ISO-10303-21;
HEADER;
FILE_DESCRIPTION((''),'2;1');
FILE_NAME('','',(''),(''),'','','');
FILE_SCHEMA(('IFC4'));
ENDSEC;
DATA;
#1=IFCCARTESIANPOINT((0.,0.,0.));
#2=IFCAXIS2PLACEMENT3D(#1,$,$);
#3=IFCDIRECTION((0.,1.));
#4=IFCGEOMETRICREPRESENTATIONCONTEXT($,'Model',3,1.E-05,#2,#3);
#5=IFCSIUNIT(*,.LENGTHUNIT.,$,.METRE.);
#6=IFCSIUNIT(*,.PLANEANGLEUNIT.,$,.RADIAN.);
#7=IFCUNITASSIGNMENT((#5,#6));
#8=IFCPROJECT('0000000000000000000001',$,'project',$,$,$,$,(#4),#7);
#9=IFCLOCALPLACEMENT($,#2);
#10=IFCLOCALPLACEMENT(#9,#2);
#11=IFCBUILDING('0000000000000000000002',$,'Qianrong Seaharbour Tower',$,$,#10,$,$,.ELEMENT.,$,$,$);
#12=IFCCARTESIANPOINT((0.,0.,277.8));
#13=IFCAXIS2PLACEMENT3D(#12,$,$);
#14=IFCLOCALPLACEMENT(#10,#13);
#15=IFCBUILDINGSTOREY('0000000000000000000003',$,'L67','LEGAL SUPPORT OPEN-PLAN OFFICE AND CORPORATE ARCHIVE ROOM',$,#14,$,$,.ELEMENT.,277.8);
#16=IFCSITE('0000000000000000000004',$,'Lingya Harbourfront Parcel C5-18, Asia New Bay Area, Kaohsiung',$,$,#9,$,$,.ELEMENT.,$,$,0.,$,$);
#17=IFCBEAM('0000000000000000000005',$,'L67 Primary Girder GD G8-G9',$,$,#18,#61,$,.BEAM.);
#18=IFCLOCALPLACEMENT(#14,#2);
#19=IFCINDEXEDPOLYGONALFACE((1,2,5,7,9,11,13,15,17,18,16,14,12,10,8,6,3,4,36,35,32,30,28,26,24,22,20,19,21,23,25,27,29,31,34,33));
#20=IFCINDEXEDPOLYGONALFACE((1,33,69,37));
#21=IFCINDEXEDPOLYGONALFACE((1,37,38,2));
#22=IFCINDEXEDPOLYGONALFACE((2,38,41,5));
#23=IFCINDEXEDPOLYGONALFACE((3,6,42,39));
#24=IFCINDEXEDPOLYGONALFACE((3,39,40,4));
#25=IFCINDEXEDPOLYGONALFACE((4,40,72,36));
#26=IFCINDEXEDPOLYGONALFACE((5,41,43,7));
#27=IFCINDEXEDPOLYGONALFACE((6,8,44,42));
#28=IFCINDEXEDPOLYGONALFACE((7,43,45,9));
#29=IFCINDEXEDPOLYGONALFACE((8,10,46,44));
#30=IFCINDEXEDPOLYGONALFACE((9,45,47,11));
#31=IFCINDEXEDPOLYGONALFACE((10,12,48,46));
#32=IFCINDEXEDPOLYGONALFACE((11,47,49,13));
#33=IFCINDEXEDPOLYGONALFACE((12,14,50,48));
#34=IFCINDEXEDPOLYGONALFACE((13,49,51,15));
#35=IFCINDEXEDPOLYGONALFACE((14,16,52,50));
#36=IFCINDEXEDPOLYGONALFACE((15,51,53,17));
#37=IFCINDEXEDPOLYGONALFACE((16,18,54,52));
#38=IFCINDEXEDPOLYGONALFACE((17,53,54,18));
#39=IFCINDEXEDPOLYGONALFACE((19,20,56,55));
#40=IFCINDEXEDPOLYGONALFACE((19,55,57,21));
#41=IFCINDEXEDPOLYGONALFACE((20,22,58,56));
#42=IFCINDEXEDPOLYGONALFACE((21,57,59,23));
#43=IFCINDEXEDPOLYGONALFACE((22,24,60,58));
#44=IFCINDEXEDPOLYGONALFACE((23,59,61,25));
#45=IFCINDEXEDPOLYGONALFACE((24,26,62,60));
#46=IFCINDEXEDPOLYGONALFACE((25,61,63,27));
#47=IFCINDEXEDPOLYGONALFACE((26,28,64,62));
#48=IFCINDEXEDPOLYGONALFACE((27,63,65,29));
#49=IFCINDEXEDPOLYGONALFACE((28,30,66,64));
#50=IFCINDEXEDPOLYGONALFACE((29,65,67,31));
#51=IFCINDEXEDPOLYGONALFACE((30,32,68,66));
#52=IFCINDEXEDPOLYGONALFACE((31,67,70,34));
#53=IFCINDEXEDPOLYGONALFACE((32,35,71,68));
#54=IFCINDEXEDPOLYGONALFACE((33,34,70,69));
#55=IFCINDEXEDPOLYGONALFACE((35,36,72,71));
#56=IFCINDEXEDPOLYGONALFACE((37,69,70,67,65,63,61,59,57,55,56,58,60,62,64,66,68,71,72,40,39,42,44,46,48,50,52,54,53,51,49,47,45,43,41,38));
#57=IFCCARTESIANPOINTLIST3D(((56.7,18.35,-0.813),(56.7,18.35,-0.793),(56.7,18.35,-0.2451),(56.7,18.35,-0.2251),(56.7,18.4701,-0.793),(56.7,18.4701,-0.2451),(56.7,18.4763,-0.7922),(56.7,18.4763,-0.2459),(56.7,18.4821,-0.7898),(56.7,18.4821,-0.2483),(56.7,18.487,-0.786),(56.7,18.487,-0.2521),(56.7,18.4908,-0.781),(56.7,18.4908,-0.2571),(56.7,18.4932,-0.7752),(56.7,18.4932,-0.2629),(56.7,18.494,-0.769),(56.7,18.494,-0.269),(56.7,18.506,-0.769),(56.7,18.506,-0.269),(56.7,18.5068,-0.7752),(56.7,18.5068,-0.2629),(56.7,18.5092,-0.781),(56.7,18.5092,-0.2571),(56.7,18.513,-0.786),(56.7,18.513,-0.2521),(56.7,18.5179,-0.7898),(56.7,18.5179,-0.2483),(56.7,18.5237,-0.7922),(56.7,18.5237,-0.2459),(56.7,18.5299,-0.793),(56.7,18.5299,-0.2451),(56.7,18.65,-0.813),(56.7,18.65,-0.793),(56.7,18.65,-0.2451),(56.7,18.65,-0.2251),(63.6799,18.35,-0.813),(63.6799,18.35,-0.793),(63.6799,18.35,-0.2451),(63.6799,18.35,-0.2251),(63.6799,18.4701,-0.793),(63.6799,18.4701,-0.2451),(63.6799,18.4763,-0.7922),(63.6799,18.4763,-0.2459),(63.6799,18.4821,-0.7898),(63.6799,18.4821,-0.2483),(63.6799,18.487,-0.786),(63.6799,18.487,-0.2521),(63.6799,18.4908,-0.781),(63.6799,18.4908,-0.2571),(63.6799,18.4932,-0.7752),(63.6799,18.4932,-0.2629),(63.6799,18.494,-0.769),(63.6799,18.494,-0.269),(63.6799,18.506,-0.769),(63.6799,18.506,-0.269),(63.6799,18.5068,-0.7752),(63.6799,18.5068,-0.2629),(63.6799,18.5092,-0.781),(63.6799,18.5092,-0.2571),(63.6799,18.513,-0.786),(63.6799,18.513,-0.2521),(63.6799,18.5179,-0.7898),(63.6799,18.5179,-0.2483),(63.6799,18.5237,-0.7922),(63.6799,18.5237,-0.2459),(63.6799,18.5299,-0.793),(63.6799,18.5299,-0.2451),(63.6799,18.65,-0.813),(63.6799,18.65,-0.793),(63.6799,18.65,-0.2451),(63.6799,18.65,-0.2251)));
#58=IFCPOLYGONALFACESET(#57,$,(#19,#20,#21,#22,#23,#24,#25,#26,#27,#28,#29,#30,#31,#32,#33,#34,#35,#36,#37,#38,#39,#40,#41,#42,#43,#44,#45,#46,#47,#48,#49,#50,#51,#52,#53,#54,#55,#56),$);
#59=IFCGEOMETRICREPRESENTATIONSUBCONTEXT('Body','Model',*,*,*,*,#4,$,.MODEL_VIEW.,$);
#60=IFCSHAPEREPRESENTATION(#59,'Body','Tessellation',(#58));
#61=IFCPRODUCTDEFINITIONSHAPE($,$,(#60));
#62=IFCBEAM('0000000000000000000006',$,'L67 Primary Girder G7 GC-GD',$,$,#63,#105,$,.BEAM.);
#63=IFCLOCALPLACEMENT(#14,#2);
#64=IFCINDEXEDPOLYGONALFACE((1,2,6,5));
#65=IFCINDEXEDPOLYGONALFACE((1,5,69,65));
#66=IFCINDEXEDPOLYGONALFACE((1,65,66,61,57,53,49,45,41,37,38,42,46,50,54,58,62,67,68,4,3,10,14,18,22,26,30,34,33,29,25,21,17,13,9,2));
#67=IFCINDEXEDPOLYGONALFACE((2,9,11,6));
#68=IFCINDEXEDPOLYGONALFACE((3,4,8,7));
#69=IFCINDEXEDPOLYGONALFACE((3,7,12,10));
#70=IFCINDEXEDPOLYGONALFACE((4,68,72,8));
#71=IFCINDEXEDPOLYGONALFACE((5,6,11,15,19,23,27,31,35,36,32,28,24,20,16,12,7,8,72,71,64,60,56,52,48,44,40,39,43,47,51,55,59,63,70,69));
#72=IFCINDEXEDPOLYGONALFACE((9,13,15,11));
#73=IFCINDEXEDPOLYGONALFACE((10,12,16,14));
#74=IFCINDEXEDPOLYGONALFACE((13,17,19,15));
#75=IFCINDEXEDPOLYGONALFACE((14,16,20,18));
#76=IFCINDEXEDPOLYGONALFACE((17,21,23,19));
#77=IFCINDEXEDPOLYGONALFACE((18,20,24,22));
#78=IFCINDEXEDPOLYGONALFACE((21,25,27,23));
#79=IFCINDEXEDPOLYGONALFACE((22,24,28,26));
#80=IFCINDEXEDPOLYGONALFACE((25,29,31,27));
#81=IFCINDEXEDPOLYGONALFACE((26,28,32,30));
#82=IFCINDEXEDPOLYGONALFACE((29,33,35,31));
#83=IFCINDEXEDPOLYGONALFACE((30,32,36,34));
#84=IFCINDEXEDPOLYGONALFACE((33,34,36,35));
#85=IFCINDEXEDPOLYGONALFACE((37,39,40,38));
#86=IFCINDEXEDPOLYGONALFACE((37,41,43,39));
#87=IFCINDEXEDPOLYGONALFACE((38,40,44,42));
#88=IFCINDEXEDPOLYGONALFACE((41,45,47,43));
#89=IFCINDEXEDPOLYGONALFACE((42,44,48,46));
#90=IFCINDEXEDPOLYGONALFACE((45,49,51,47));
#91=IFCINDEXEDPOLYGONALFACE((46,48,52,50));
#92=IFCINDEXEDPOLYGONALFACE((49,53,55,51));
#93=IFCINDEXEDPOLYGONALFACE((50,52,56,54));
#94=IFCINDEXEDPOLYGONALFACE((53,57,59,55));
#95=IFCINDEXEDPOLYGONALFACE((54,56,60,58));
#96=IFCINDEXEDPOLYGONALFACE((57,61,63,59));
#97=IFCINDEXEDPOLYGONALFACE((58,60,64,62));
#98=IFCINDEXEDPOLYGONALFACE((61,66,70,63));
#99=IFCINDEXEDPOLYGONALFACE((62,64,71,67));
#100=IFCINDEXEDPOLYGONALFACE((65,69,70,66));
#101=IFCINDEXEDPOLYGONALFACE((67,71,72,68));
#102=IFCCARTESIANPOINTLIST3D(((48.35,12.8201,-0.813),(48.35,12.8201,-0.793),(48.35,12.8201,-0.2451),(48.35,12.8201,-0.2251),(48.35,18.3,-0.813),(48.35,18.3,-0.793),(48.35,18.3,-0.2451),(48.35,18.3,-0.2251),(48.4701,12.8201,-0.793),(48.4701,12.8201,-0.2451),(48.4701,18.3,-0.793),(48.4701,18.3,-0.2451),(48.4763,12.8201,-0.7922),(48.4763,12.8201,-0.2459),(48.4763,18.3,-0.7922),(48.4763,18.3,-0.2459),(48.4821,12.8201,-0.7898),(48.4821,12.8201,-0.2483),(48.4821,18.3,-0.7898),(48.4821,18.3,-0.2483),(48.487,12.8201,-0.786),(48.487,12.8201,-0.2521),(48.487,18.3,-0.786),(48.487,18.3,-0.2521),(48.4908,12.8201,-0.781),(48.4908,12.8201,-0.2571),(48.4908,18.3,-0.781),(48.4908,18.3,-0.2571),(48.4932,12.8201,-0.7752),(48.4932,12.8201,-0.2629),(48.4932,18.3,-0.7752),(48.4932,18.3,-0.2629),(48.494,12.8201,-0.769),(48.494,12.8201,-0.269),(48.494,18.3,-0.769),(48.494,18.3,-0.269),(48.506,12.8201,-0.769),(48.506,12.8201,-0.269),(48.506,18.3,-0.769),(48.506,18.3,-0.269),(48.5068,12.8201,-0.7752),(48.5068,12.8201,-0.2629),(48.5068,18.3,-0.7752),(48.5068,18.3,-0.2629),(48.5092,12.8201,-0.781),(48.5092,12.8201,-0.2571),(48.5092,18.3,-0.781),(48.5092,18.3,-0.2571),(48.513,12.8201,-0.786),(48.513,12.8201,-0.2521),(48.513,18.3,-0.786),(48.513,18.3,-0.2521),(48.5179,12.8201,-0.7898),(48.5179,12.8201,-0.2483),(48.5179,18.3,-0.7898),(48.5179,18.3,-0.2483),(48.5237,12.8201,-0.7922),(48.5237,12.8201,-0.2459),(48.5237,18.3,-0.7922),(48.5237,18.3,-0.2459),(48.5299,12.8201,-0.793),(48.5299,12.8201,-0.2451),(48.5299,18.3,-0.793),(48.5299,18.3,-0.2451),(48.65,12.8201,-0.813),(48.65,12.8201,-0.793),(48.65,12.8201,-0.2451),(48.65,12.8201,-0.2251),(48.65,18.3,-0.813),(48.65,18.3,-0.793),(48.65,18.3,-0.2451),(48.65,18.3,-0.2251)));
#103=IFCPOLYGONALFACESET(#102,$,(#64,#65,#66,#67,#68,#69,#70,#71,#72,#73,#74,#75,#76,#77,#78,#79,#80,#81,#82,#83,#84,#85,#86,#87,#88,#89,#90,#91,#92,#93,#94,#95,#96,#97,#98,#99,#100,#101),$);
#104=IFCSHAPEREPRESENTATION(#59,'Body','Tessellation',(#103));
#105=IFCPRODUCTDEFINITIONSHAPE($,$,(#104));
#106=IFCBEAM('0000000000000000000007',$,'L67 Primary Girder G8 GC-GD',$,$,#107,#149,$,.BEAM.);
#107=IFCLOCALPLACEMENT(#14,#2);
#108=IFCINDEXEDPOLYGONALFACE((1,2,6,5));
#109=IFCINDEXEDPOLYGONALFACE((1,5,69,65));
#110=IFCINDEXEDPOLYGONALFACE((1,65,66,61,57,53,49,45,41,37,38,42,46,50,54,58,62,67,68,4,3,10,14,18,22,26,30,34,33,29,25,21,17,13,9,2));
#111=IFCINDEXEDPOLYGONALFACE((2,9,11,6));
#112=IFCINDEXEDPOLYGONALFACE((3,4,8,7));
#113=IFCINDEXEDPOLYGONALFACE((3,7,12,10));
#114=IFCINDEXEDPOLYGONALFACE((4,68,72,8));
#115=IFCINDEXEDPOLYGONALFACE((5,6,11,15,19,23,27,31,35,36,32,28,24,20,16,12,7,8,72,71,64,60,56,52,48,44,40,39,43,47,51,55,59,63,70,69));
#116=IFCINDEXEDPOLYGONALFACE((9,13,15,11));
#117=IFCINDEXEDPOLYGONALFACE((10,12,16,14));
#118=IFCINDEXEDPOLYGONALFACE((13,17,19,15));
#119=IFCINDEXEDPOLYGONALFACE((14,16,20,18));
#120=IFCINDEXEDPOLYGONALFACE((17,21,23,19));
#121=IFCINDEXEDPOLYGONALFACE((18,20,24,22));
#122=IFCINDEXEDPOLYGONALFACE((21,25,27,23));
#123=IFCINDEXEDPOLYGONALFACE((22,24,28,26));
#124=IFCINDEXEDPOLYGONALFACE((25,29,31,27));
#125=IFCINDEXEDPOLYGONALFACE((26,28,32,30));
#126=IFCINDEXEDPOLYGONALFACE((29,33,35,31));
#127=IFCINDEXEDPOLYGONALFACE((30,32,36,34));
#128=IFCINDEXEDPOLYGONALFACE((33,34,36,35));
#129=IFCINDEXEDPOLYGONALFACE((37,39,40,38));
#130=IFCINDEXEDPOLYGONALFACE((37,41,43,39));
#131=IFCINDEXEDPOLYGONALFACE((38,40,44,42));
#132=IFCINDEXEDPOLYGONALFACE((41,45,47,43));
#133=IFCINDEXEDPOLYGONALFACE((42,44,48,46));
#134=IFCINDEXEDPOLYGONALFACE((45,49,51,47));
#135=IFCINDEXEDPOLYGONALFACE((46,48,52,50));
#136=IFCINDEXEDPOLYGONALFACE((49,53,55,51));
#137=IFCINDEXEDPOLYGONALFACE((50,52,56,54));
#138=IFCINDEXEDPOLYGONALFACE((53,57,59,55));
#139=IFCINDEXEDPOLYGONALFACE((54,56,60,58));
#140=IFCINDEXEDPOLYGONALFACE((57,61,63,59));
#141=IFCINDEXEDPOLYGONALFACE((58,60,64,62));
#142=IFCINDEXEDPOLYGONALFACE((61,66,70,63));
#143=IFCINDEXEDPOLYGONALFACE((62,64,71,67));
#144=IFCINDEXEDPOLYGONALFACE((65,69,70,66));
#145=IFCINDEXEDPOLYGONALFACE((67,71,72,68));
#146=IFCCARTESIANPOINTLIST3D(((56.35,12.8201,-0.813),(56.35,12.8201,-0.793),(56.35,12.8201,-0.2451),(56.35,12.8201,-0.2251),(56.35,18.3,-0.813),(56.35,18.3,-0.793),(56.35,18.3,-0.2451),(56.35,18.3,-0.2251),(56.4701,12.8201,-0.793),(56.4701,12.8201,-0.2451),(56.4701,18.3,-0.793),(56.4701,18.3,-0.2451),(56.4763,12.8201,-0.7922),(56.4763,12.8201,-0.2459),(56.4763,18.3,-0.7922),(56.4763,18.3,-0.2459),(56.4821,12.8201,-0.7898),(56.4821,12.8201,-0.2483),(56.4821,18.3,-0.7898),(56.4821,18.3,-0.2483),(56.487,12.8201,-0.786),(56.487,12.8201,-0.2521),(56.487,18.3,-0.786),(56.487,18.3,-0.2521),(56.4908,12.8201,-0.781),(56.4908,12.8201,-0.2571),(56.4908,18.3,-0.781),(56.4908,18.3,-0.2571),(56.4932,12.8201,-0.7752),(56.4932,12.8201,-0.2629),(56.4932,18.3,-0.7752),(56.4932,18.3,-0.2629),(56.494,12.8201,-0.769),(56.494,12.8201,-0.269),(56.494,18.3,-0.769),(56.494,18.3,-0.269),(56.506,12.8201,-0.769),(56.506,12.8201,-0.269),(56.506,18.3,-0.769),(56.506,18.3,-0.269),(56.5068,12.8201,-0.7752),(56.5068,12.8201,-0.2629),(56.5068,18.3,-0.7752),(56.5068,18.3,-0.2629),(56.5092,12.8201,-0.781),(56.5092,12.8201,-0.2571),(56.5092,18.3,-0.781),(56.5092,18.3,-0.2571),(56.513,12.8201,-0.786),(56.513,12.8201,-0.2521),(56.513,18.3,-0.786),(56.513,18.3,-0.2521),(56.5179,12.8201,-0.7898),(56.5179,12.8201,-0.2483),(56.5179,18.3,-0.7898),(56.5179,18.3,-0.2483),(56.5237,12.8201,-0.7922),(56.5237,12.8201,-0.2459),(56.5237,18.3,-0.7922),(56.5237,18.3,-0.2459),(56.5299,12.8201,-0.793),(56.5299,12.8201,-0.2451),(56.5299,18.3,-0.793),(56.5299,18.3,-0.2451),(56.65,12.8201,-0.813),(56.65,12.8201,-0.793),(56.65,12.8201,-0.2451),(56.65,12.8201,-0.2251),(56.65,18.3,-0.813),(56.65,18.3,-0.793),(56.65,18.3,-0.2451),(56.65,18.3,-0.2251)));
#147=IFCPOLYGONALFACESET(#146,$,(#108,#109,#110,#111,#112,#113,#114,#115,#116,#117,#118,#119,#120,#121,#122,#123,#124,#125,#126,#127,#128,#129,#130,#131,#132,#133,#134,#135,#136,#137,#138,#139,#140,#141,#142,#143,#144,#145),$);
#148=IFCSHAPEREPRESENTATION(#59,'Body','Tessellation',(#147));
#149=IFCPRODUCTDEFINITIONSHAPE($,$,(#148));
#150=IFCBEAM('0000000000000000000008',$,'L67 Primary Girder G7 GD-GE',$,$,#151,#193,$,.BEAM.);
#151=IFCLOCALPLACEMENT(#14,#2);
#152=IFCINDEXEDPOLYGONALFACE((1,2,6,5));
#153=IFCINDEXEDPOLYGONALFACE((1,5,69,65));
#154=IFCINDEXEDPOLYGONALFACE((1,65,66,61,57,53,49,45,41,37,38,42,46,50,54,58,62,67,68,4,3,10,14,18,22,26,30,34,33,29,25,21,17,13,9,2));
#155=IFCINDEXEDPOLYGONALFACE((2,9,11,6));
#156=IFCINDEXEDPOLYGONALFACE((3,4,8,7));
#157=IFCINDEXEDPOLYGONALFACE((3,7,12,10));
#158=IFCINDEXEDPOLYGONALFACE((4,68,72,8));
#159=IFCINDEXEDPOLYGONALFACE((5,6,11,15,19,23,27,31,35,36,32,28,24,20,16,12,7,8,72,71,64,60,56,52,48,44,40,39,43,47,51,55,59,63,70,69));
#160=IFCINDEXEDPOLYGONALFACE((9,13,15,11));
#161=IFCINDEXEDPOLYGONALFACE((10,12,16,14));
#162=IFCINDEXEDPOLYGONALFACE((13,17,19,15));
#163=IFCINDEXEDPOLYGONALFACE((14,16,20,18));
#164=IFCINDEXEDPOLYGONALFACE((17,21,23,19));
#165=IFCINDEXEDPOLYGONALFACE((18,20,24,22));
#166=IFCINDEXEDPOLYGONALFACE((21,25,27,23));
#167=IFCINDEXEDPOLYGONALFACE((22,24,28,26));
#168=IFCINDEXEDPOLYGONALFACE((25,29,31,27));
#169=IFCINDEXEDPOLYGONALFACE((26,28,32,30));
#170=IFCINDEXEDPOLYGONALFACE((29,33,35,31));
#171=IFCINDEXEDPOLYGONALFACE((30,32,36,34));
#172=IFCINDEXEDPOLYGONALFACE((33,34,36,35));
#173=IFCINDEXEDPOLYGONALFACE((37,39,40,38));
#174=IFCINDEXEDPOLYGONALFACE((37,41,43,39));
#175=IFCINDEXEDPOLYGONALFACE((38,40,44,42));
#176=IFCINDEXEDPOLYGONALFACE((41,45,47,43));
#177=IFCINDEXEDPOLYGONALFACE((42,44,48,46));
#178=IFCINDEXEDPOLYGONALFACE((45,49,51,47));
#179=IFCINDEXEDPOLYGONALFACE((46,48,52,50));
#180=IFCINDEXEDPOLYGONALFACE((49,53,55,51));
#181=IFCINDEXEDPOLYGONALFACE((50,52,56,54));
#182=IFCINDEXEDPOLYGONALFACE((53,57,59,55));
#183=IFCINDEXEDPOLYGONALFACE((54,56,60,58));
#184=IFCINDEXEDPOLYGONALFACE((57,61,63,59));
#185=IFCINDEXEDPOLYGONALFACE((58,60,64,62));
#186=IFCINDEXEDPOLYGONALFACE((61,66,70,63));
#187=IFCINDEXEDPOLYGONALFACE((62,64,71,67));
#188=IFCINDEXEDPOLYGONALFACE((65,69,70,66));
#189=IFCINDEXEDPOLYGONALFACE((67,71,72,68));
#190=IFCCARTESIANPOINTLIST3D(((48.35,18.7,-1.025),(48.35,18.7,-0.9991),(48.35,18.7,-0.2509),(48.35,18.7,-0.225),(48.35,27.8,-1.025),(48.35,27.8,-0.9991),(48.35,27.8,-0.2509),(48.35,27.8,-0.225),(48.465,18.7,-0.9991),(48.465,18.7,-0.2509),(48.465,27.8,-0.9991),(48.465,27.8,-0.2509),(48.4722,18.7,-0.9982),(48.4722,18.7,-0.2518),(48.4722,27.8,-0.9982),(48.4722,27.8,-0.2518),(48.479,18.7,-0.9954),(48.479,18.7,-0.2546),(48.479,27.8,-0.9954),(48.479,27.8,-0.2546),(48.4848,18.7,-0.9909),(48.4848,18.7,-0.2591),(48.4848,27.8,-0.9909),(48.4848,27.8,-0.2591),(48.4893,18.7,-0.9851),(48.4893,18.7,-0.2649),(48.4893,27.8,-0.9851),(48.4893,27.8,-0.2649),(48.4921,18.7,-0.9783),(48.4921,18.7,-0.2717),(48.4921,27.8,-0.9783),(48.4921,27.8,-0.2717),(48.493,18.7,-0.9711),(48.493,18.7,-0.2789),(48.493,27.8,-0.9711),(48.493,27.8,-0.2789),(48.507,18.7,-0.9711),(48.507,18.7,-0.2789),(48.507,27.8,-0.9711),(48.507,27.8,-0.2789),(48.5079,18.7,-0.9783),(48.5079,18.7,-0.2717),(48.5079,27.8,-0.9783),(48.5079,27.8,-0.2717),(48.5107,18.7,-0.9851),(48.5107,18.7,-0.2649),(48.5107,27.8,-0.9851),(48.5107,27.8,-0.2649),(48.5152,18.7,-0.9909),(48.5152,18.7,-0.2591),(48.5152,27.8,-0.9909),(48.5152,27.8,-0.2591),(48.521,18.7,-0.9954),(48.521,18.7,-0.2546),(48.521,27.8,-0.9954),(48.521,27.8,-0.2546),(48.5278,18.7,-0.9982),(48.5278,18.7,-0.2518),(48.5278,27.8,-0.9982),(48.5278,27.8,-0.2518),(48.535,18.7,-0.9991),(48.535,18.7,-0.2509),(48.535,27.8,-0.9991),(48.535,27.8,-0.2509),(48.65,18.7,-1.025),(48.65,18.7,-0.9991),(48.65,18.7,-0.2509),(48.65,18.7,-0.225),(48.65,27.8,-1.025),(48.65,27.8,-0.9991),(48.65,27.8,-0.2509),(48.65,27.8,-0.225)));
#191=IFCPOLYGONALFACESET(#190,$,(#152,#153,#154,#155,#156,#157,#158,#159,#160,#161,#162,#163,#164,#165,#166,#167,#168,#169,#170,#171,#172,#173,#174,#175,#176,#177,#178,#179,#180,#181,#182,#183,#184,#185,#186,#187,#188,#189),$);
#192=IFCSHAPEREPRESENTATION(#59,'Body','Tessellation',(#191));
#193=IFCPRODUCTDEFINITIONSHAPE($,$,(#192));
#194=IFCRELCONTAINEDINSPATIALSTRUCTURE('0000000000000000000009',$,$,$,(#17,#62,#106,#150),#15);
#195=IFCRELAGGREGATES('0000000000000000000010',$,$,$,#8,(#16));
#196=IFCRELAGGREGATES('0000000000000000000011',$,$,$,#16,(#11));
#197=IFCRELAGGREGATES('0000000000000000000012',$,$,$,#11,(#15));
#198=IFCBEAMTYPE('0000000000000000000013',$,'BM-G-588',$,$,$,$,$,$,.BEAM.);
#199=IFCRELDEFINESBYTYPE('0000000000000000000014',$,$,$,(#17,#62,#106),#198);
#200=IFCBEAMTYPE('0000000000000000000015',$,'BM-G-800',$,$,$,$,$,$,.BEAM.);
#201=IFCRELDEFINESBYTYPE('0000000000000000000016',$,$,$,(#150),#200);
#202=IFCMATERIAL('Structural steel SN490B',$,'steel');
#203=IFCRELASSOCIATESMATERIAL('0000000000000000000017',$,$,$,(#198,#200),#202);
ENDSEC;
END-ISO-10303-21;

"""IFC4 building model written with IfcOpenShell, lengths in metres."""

from ifc_helpers import new_model, si_unit, direction, frame, origin, origin_2d, place, context, subcontext, project, spatial, i_section, extrude, material, material_profile, profile_set, type_object, element, save


model = new_model("IFC4")

# Units and contexts
model_context = context("Model", 3, precision=1e-05, world=origin(), true_north=direction((0.0, 1.0)))
body_context = subcontext(model_context, "Body", "Model", "MODEL_VIEW")
ifc_project = project(units=[si_unit("LENGTHUNIT", "METRE"), si_unit("PLANEANGLEUNIT", "RADIAN")], contexts=[model_context])

# Site, building, storey
site_placement = place(None, origin())
site = spatial("IfcSite", under=ifc_project, at=site_placement, Name="Lingya Harbourfront Parcel C5-18, Asia New Bay Area, Kaohsiung", CompositionType="ELEMENT", RefElevation=0.0)
building_placement = place(site_placement, origin())
building = spatial("IfcBuilding", under=site, at=building_placement, Name="Qianrong Seaharbour Tower", CompositionType="ELEMENT")
storey_placement = place(building_placement, frame((0.0, 0.0, 277.8)))
storey = spatial("IfcBuildingStorey", under=building, at=storey_placement, Name="L67", Description="LEGAL SUPPORT OPEN-PLAN OFFICE AND CORPORATE ARCHIVE ROOM", CompositionType="ELEMENT", Elevation=277.8)

# Shared definitions
ifc_material_1 = material(Name="Structural steel SN490B", Category="steel")

# Beams
ifc_material_profile_1 = material_profile(ifc_material_1, i_section(OverallWidth=0.3, OverallDepth=0.5879, WebThickness=0.012, FlangeThickness=0.02, FilletRadius=0.0239, at=origin_2d()), Name="H588x300x12x20")
ifc_profile_set_1 = profile_set([ifc_material_profile_1], Name="Structural steel SN490B")
beam_type_1 = type_object("IfcBeamType", Name="BM-G-588", PredefinedType="BEAM", material=ifc_profile_set_1)
beam_1_placement = place(storey_placement, frame((56.7, 18.5, -0.519), z_axis=(1.0, 0.0, 0.0), x_axis=(0.0, 1.0, 0.0)))
element("IfcBeam", 1, at=beam_1_placement, inside=storey, type_object=beam_type_1, Name="L67 Primary Girder GD G8-G9", PredefinedType="BEAM", context=body_context, shape_type="SweptSolid", body=[
    extrude(i_section(OverallWidth=0.3, OverallDepth=0.5879, WebThickness=0.012, FlangeThickness=0.02, FilletRadius=0.0239, at=origin_2d()), origin(), (0.0, 0.0, 1.0), 6.98),
])
for number, where, z_axis, x_axis, name in (
    (2, (48.5, 12.8201, -0.519), (0.0, 1.0, 0.0), (-1.0, 0.0, 0.0), "L67 Primary Girder G7 GC-GD"),
    (3, (56.5, 12.8201, -0.519), (0.0, 1.0, 0.0), (-1.0, 0.0, 0.0), "L67 Primary Girder G8 GC-GD"),
):
    element("IfcBeam", number, at=place(storey_placement, frame(where, z_axis=z_axis, x_axis=x_axis)), inside=storey, type_object=beam_type_1, Name=name, PredefinedType="BEAM", context=body_context, shape_type="SweptSolid", body=[
        extrude(i_section(OverallWidth=0.3, OverallDepth=0.5879, WebThickness=0.012, FlangeThickness=0.02, FilletRadius=0.0239, at=origin_2d()), origin(), (0.0, 0.0, 1.0), 5.48),
    ])
ifc_material_profile_2 = material_profile(ifc_material_1, i_section(OverallWidth=0.3, OverallDepth=0.8, WebThickness=0.0139, FlangeThickness=0.0259, FilletRadius=0.0281, at=origin_2d()), Name="H800x300x14x26")
ifc_profile_set_2 = profile_set([ifc_material_profile_2], Name="Structural steel SN490B")
beam_type_2 = type_object("IfcBeamType", Name="BM-G-800", PredefinedType="BEAM", material=ifc_profile_set_2)
for number, where, z_axis, x_axis, name in (
    (4, (48.5, 18.7, -0.625), (0.0, 1.0, 0.0), (-1.0, 0.0, 0.0), "L67 Primary Girder G7 GD-GE"),
):
    element("IfcBeam", number, at=place(storey_placement, frame(where, z_axis=z_axis, x_axis=x_axis)), inside=storey, type_object=beam_type_2, Name=name, PredefinedType="BEAM", context=body_context, shape_type="SweptSolid", body=[
        extrude(i_section(OverallWidth=0.3, OverallDepth=0.8, WebThickness=0.0139, FlangeThickness=0.0259, FilletRadius=0.0281, at=origin_2d()), origin(), (0.0, 0.0, 1.0), 9.1001),
    ])

save(model, "model.ifc")
